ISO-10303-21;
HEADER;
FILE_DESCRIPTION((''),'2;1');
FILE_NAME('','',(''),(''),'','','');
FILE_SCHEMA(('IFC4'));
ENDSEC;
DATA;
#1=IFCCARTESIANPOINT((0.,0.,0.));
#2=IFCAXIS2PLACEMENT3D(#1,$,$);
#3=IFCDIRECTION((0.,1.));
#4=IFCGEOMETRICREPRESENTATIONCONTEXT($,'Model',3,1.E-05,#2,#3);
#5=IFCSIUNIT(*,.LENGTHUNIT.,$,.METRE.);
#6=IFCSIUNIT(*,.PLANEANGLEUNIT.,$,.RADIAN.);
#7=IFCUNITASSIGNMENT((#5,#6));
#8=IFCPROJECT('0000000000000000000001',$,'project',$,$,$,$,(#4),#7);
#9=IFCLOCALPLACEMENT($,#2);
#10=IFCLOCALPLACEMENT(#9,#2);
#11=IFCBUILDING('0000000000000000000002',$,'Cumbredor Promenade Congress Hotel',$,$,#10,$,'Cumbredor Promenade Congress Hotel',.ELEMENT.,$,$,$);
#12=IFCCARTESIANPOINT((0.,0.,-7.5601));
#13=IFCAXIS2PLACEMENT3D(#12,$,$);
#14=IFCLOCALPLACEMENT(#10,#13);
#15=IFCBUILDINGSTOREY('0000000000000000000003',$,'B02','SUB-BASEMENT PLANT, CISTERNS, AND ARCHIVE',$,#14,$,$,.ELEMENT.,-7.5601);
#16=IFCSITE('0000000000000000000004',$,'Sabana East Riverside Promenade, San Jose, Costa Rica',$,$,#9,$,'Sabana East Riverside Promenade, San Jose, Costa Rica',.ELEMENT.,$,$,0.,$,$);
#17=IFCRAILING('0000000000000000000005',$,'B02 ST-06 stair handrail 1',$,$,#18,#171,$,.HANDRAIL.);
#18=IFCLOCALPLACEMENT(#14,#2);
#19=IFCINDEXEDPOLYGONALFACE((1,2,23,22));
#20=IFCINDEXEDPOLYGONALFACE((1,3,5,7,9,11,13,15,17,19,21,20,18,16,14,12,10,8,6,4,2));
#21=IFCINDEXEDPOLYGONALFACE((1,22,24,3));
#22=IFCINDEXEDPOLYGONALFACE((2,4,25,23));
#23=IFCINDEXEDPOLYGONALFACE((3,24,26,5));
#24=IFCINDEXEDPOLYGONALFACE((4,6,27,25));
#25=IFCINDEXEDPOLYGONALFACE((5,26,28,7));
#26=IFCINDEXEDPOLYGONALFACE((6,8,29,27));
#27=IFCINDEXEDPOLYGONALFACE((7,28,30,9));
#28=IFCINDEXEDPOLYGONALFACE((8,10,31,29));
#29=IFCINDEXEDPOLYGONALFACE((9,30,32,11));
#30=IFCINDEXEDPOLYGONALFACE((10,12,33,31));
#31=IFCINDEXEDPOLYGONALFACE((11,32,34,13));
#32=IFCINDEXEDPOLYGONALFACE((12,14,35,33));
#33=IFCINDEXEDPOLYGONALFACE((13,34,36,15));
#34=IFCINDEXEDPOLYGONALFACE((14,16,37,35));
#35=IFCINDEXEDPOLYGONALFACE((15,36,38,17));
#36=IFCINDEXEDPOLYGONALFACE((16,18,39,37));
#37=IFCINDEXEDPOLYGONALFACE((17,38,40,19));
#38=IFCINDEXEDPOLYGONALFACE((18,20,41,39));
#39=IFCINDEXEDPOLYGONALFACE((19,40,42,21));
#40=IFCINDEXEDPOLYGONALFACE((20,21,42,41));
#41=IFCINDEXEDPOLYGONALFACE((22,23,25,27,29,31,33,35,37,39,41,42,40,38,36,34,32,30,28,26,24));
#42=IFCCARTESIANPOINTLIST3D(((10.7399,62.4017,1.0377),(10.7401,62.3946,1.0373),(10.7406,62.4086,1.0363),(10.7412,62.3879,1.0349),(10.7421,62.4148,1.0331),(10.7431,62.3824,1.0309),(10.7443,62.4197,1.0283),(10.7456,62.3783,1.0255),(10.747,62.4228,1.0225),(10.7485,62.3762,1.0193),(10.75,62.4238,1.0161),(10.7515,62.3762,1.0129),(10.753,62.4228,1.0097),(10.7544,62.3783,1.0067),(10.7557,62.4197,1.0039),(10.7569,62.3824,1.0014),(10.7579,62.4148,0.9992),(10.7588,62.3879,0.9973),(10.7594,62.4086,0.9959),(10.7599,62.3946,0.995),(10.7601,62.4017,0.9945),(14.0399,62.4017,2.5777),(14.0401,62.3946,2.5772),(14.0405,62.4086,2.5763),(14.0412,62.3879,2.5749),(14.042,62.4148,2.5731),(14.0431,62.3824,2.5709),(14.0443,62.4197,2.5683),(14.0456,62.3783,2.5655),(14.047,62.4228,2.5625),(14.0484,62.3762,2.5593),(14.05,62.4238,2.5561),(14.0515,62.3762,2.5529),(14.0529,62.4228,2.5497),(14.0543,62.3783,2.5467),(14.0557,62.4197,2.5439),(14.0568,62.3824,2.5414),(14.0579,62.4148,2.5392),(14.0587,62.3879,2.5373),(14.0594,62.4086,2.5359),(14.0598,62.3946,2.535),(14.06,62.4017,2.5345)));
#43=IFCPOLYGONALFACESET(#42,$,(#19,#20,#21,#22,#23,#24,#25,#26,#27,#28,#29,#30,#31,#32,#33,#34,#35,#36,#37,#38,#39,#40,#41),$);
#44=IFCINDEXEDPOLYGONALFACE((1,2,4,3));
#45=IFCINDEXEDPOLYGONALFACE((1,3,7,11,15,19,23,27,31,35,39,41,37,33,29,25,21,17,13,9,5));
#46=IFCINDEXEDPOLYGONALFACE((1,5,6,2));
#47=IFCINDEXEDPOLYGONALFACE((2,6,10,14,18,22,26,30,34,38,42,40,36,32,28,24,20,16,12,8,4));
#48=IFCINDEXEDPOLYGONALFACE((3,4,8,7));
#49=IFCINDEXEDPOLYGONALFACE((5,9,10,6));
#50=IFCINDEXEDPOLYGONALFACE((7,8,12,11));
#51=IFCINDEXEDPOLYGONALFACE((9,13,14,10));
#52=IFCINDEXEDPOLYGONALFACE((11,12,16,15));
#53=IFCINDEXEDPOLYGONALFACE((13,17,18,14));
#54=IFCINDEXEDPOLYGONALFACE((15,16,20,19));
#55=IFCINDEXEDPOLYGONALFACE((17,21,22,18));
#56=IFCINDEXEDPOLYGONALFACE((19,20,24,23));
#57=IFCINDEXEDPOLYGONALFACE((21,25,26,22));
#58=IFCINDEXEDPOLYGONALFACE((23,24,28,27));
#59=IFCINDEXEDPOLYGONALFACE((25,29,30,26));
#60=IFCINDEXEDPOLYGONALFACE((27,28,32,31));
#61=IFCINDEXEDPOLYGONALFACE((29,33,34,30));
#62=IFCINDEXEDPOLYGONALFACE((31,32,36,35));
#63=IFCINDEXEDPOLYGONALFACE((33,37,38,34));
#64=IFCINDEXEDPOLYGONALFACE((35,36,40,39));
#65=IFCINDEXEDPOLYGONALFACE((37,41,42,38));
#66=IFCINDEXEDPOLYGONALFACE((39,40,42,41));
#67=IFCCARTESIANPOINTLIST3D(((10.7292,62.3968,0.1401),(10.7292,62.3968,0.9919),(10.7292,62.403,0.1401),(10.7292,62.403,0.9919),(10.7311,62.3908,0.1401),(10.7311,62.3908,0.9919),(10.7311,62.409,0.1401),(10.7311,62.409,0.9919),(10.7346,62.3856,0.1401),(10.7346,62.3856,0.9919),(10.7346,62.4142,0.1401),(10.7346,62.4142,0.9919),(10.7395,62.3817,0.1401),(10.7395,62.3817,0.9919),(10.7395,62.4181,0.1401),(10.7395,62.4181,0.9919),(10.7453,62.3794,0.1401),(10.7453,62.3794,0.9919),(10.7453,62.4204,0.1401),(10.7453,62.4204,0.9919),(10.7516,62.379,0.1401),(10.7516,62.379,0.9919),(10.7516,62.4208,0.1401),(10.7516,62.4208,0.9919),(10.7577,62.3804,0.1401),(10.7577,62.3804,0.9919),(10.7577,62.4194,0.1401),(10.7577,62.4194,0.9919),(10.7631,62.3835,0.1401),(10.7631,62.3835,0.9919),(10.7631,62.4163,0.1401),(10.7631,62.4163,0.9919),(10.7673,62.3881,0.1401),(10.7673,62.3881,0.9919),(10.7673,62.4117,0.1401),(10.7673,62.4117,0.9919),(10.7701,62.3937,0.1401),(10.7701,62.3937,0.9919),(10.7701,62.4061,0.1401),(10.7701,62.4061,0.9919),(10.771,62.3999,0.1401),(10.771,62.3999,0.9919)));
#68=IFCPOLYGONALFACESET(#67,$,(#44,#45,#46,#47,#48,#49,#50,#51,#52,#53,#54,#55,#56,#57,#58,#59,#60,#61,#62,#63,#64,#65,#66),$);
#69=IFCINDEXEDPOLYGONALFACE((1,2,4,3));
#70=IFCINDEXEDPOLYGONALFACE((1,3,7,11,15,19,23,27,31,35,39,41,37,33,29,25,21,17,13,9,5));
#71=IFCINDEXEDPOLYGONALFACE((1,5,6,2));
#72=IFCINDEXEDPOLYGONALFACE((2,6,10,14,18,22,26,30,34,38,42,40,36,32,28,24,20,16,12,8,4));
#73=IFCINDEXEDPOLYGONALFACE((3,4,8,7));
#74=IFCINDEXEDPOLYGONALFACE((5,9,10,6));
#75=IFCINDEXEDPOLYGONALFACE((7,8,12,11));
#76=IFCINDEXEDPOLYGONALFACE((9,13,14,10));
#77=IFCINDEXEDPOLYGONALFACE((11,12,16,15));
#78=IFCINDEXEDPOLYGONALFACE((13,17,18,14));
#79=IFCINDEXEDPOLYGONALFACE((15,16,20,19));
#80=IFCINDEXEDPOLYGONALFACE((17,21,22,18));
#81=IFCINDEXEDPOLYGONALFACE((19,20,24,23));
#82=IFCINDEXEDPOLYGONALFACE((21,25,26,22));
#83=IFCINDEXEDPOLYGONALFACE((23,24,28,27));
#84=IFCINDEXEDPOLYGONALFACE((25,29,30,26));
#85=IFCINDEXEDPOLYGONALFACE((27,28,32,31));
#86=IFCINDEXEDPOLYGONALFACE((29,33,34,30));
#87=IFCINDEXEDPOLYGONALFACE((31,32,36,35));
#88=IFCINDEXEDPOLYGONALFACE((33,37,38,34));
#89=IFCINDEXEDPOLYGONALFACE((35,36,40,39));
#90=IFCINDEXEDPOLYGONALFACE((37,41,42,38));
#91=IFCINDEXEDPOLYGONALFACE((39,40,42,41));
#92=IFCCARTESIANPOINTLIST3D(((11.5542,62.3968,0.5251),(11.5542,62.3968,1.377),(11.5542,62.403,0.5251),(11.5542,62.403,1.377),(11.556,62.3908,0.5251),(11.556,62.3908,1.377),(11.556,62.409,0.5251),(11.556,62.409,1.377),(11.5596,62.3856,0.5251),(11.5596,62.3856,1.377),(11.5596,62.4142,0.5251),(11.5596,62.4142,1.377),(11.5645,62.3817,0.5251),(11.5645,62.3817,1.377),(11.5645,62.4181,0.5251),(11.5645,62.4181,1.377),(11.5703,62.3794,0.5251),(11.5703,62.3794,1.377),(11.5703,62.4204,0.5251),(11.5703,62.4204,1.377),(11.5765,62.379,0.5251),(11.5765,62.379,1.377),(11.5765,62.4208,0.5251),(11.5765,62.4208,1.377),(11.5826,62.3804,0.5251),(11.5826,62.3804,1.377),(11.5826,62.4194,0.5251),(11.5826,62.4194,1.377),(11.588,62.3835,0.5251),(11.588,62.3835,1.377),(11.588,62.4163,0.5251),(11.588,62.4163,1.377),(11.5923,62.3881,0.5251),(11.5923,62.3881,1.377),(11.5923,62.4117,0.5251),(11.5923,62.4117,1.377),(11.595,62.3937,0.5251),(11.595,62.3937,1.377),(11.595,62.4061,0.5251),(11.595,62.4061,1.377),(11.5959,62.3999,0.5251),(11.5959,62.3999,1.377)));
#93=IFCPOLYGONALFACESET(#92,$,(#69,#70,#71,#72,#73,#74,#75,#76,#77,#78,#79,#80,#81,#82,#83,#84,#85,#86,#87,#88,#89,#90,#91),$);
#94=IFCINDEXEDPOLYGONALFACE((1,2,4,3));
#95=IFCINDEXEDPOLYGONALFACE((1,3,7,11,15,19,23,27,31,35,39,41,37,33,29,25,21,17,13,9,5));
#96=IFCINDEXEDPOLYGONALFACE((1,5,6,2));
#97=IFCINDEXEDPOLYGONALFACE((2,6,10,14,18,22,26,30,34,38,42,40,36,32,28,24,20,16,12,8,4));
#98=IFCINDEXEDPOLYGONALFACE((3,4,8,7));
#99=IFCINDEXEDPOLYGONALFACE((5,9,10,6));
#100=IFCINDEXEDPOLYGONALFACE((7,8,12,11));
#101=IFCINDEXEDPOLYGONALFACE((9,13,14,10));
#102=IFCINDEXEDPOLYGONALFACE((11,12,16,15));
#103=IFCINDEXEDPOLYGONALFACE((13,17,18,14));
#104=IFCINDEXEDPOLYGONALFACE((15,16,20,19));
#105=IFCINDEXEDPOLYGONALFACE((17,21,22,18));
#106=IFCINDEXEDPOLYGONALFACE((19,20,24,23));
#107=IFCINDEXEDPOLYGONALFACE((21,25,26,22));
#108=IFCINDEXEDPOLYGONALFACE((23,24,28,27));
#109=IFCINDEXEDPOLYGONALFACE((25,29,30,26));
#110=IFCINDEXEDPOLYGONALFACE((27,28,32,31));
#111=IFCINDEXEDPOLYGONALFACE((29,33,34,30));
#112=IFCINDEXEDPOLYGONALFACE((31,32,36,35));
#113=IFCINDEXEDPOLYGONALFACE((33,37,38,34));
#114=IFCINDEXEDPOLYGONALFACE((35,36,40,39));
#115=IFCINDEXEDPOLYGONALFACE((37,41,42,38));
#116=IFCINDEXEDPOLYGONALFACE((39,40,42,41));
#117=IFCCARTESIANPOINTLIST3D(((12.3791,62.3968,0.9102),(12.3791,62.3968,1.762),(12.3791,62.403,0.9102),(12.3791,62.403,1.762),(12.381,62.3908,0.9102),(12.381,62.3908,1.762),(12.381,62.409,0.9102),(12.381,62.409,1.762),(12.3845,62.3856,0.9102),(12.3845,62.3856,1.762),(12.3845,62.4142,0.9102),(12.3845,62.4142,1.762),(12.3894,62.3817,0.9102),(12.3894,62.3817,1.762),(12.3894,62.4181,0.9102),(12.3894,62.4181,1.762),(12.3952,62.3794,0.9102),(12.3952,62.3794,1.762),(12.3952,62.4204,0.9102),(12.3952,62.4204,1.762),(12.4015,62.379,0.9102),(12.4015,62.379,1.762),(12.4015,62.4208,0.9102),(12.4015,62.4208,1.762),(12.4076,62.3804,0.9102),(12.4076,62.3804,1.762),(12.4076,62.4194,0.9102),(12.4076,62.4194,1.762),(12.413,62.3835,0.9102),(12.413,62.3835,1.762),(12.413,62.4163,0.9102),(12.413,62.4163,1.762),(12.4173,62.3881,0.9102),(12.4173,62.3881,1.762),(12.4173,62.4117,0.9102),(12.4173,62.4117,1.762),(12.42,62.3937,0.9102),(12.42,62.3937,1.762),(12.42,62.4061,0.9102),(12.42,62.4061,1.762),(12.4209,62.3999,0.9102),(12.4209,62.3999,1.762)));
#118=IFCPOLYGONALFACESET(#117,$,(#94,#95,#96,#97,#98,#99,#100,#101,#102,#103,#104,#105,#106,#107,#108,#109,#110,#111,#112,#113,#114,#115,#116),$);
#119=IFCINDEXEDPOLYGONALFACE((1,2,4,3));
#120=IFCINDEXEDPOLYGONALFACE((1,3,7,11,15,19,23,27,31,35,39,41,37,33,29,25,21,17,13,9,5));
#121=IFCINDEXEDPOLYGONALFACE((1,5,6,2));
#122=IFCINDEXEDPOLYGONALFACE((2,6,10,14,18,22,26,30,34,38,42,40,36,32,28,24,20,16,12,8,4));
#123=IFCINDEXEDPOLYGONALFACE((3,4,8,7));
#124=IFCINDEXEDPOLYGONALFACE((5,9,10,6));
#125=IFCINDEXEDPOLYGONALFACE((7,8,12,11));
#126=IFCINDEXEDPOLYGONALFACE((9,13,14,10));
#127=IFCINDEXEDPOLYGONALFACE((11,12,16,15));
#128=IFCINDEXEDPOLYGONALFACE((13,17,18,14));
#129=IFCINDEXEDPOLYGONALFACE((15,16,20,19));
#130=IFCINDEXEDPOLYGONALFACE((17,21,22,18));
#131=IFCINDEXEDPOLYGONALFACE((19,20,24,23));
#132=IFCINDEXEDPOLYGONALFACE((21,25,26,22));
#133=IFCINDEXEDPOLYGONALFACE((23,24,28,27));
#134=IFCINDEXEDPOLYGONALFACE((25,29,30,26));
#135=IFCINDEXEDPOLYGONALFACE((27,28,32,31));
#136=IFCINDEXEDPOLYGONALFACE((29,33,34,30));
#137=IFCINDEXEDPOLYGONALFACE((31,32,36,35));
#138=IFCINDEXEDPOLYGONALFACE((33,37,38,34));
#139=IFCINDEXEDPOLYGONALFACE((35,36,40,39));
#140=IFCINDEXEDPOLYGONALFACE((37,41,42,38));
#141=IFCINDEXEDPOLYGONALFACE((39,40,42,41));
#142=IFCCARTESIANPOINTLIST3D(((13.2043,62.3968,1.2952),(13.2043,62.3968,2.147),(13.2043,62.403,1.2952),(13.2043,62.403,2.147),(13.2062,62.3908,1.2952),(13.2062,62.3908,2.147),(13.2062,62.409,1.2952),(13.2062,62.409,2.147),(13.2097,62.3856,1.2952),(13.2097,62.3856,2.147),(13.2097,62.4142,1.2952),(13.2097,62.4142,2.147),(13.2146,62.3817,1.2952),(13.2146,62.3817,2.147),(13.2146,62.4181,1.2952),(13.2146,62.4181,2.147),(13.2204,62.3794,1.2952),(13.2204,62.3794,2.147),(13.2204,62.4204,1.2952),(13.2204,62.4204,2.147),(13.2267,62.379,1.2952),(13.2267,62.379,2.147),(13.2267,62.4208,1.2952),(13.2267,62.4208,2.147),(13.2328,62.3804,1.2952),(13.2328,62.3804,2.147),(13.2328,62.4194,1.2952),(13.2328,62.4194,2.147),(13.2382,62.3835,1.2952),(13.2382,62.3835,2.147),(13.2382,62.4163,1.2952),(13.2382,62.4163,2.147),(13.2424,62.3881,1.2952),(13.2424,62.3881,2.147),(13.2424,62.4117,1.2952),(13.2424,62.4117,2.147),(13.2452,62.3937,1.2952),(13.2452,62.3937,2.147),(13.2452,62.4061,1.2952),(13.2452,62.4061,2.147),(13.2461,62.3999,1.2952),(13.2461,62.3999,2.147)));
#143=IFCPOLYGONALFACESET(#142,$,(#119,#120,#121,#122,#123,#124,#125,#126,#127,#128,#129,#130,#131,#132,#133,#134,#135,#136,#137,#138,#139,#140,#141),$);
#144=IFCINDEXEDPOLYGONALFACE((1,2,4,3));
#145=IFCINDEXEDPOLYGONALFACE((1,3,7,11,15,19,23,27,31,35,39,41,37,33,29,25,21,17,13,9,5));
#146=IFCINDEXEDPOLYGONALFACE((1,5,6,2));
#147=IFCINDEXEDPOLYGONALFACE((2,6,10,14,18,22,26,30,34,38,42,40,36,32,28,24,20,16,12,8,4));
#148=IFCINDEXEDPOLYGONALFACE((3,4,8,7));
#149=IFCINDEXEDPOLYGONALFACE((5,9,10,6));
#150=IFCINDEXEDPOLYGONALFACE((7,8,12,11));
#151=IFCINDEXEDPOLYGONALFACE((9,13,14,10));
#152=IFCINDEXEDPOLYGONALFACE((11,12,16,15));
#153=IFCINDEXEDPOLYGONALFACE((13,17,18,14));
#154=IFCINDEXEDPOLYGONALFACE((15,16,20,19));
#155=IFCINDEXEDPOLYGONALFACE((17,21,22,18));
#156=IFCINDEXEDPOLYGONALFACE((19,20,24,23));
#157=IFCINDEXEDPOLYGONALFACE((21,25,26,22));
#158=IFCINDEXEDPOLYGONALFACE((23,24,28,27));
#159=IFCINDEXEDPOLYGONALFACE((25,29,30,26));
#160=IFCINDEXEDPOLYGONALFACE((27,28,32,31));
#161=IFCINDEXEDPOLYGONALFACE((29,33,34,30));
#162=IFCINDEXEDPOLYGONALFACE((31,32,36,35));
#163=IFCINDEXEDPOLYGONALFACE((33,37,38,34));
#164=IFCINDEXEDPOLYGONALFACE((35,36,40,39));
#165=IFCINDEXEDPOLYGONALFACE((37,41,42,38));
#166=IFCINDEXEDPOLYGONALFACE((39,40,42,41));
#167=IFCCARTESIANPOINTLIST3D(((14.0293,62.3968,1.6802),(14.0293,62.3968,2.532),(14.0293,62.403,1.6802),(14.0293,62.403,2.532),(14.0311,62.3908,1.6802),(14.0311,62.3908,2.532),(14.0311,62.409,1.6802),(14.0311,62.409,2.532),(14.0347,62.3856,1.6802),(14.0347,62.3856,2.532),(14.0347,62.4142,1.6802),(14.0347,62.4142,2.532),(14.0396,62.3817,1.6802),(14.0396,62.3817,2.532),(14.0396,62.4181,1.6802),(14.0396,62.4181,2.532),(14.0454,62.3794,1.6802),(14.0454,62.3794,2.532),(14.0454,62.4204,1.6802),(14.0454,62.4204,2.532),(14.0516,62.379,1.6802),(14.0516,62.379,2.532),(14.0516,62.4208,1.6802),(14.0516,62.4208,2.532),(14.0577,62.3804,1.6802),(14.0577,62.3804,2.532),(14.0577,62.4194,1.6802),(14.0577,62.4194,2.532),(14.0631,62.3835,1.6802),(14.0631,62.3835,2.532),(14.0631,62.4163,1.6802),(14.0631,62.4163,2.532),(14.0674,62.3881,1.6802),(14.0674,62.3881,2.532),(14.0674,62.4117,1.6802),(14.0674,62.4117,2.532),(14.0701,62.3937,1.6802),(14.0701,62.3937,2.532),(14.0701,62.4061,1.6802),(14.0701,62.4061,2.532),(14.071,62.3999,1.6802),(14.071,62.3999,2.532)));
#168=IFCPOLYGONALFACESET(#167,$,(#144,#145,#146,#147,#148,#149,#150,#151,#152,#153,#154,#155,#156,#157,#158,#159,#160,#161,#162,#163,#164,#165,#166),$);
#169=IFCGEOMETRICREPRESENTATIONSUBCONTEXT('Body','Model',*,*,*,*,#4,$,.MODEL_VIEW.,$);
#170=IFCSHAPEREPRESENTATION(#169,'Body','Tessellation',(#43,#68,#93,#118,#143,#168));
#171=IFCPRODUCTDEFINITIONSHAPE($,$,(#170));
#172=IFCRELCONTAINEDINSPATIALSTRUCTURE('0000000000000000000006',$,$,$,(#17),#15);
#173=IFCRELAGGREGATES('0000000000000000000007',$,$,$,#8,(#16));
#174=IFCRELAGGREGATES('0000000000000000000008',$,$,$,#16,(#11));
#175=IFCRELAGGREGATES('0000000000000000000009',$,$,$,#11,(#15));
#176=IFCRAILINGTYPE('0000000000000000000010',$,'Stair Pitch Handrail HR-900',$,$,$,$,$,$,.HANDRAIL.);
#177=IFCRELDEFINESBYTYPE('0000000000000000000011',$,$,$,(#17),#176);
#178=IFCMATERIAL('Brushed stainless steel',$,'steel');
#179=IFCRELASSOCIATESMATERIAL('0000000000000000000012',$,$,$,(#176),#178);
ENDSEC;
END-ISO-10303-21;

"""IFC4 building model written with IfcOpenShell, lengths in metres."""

from ifc_helpers import new_model, si_unit, direction, frame, origin, origin_2d, place, context, subcontext, project, spatial, circle, extrude, material, type_object, element, save


model = new_model("IFC4")

# Units and contexts
model_context = context("Model", 3, precision=1e-05, world=origin(), true_north=direction((0.0, 1.0)))
body_context = subcontext(model_context, "Body", "Model", "MODEL_VIEW")
ifc_project = project(units=[si_unit("LENGTHUNIT", "METRE"), si_unit("PLANEANGLEUNIT", "RADIAN")], contexts=[model_context])

# Site, building, storey
site_placement = place(None, origin())
site = spatial("IfcSite", under=ifc_project, at=site_placement, Name="Sabana East Riverside Promenade, San Jose, Costa Rica", LongName="Sabana East Riverside Promenade, San Jose, Costa Rica", CompositionType="ELEMENT", RefElevation=0.0)
building_placement = place(site_placement, origin())
building = spatial("IfcBuilding", under=site, at=building_placement, Name="Cumbredor Promenade Congress Hotel", LongName="Cumbredor Promenade Congress Hotel", CompositionType="ELEMENT")
storey_placement = place(building_placement, frame((0.0, 0.0, -7.5601)))
storey = spatial("IfcBuildingStorey", under=building, at=storey_placement, Name="B02", Description="SUB-BASEMENT PLANT, CISTERNS, AND ARCHIVE", CompositionType="ELEMENT", Elevation=-7.5601)

# Shared definitions
ifc_material_1 = material(Name="Brushed stainless steel", Category="steel")

# Railing
railing_type_1 = type_object("IfcRailingType", Name="Stair Pitch Handrail HR-900", PredefinedType="HANDRAIL", material=ifc_material_1)
railing_1_placement = place(storey_placement, frame((10.75, 62.3999, 0.1401)))
element("IfcRailing", 1, at=railing_1_placement, inside=storey, type_object=railing_type_1, Name="B02 ST-06 stair handrail 1", PredefinedType="HANDRAIL", context=body_context, shape_type="SweptSolid", body=[
    extrude(circle(Radius=0.0239, at=origin_2d()), frame((0.0, 0.0, 0.876), z_axis=(0.906181, 0.0, 0.422889), x_axis=(0.0, 1.0, 0.0)), (0.0, 0.0, 1.0), 3.6416),
    extrude(circle(Radius=0.021, at=origin_2d()), origin(), (0.0, 0.0, 1.0), 0.8518),
    extrude(circle(Radius=0.021, at=origin_2d()), frame((0.825, 0.0, 0.385)), (0.0, 0.0, 1.0), 0.8518),
    extrude(circle(Radius=0.021, at=origin_2d()), frame((1.6499, 0.0, 0.77)), (0.0, 0.0, 1.0), 0.8518),
    extrude(circle(Radius=0.021, at=origin_2d()), frame((2.4751, 0.0, 1.155)), (0.0, 0.0, 1.0), 0.8518),
    extrude(circle(Radius=0.021, at=origin_2d()), frame((3.3, 0.0, 1.54)), (0.0, 0.0, 1.0), 0.8518),
])

save(model, "model.ifc")
